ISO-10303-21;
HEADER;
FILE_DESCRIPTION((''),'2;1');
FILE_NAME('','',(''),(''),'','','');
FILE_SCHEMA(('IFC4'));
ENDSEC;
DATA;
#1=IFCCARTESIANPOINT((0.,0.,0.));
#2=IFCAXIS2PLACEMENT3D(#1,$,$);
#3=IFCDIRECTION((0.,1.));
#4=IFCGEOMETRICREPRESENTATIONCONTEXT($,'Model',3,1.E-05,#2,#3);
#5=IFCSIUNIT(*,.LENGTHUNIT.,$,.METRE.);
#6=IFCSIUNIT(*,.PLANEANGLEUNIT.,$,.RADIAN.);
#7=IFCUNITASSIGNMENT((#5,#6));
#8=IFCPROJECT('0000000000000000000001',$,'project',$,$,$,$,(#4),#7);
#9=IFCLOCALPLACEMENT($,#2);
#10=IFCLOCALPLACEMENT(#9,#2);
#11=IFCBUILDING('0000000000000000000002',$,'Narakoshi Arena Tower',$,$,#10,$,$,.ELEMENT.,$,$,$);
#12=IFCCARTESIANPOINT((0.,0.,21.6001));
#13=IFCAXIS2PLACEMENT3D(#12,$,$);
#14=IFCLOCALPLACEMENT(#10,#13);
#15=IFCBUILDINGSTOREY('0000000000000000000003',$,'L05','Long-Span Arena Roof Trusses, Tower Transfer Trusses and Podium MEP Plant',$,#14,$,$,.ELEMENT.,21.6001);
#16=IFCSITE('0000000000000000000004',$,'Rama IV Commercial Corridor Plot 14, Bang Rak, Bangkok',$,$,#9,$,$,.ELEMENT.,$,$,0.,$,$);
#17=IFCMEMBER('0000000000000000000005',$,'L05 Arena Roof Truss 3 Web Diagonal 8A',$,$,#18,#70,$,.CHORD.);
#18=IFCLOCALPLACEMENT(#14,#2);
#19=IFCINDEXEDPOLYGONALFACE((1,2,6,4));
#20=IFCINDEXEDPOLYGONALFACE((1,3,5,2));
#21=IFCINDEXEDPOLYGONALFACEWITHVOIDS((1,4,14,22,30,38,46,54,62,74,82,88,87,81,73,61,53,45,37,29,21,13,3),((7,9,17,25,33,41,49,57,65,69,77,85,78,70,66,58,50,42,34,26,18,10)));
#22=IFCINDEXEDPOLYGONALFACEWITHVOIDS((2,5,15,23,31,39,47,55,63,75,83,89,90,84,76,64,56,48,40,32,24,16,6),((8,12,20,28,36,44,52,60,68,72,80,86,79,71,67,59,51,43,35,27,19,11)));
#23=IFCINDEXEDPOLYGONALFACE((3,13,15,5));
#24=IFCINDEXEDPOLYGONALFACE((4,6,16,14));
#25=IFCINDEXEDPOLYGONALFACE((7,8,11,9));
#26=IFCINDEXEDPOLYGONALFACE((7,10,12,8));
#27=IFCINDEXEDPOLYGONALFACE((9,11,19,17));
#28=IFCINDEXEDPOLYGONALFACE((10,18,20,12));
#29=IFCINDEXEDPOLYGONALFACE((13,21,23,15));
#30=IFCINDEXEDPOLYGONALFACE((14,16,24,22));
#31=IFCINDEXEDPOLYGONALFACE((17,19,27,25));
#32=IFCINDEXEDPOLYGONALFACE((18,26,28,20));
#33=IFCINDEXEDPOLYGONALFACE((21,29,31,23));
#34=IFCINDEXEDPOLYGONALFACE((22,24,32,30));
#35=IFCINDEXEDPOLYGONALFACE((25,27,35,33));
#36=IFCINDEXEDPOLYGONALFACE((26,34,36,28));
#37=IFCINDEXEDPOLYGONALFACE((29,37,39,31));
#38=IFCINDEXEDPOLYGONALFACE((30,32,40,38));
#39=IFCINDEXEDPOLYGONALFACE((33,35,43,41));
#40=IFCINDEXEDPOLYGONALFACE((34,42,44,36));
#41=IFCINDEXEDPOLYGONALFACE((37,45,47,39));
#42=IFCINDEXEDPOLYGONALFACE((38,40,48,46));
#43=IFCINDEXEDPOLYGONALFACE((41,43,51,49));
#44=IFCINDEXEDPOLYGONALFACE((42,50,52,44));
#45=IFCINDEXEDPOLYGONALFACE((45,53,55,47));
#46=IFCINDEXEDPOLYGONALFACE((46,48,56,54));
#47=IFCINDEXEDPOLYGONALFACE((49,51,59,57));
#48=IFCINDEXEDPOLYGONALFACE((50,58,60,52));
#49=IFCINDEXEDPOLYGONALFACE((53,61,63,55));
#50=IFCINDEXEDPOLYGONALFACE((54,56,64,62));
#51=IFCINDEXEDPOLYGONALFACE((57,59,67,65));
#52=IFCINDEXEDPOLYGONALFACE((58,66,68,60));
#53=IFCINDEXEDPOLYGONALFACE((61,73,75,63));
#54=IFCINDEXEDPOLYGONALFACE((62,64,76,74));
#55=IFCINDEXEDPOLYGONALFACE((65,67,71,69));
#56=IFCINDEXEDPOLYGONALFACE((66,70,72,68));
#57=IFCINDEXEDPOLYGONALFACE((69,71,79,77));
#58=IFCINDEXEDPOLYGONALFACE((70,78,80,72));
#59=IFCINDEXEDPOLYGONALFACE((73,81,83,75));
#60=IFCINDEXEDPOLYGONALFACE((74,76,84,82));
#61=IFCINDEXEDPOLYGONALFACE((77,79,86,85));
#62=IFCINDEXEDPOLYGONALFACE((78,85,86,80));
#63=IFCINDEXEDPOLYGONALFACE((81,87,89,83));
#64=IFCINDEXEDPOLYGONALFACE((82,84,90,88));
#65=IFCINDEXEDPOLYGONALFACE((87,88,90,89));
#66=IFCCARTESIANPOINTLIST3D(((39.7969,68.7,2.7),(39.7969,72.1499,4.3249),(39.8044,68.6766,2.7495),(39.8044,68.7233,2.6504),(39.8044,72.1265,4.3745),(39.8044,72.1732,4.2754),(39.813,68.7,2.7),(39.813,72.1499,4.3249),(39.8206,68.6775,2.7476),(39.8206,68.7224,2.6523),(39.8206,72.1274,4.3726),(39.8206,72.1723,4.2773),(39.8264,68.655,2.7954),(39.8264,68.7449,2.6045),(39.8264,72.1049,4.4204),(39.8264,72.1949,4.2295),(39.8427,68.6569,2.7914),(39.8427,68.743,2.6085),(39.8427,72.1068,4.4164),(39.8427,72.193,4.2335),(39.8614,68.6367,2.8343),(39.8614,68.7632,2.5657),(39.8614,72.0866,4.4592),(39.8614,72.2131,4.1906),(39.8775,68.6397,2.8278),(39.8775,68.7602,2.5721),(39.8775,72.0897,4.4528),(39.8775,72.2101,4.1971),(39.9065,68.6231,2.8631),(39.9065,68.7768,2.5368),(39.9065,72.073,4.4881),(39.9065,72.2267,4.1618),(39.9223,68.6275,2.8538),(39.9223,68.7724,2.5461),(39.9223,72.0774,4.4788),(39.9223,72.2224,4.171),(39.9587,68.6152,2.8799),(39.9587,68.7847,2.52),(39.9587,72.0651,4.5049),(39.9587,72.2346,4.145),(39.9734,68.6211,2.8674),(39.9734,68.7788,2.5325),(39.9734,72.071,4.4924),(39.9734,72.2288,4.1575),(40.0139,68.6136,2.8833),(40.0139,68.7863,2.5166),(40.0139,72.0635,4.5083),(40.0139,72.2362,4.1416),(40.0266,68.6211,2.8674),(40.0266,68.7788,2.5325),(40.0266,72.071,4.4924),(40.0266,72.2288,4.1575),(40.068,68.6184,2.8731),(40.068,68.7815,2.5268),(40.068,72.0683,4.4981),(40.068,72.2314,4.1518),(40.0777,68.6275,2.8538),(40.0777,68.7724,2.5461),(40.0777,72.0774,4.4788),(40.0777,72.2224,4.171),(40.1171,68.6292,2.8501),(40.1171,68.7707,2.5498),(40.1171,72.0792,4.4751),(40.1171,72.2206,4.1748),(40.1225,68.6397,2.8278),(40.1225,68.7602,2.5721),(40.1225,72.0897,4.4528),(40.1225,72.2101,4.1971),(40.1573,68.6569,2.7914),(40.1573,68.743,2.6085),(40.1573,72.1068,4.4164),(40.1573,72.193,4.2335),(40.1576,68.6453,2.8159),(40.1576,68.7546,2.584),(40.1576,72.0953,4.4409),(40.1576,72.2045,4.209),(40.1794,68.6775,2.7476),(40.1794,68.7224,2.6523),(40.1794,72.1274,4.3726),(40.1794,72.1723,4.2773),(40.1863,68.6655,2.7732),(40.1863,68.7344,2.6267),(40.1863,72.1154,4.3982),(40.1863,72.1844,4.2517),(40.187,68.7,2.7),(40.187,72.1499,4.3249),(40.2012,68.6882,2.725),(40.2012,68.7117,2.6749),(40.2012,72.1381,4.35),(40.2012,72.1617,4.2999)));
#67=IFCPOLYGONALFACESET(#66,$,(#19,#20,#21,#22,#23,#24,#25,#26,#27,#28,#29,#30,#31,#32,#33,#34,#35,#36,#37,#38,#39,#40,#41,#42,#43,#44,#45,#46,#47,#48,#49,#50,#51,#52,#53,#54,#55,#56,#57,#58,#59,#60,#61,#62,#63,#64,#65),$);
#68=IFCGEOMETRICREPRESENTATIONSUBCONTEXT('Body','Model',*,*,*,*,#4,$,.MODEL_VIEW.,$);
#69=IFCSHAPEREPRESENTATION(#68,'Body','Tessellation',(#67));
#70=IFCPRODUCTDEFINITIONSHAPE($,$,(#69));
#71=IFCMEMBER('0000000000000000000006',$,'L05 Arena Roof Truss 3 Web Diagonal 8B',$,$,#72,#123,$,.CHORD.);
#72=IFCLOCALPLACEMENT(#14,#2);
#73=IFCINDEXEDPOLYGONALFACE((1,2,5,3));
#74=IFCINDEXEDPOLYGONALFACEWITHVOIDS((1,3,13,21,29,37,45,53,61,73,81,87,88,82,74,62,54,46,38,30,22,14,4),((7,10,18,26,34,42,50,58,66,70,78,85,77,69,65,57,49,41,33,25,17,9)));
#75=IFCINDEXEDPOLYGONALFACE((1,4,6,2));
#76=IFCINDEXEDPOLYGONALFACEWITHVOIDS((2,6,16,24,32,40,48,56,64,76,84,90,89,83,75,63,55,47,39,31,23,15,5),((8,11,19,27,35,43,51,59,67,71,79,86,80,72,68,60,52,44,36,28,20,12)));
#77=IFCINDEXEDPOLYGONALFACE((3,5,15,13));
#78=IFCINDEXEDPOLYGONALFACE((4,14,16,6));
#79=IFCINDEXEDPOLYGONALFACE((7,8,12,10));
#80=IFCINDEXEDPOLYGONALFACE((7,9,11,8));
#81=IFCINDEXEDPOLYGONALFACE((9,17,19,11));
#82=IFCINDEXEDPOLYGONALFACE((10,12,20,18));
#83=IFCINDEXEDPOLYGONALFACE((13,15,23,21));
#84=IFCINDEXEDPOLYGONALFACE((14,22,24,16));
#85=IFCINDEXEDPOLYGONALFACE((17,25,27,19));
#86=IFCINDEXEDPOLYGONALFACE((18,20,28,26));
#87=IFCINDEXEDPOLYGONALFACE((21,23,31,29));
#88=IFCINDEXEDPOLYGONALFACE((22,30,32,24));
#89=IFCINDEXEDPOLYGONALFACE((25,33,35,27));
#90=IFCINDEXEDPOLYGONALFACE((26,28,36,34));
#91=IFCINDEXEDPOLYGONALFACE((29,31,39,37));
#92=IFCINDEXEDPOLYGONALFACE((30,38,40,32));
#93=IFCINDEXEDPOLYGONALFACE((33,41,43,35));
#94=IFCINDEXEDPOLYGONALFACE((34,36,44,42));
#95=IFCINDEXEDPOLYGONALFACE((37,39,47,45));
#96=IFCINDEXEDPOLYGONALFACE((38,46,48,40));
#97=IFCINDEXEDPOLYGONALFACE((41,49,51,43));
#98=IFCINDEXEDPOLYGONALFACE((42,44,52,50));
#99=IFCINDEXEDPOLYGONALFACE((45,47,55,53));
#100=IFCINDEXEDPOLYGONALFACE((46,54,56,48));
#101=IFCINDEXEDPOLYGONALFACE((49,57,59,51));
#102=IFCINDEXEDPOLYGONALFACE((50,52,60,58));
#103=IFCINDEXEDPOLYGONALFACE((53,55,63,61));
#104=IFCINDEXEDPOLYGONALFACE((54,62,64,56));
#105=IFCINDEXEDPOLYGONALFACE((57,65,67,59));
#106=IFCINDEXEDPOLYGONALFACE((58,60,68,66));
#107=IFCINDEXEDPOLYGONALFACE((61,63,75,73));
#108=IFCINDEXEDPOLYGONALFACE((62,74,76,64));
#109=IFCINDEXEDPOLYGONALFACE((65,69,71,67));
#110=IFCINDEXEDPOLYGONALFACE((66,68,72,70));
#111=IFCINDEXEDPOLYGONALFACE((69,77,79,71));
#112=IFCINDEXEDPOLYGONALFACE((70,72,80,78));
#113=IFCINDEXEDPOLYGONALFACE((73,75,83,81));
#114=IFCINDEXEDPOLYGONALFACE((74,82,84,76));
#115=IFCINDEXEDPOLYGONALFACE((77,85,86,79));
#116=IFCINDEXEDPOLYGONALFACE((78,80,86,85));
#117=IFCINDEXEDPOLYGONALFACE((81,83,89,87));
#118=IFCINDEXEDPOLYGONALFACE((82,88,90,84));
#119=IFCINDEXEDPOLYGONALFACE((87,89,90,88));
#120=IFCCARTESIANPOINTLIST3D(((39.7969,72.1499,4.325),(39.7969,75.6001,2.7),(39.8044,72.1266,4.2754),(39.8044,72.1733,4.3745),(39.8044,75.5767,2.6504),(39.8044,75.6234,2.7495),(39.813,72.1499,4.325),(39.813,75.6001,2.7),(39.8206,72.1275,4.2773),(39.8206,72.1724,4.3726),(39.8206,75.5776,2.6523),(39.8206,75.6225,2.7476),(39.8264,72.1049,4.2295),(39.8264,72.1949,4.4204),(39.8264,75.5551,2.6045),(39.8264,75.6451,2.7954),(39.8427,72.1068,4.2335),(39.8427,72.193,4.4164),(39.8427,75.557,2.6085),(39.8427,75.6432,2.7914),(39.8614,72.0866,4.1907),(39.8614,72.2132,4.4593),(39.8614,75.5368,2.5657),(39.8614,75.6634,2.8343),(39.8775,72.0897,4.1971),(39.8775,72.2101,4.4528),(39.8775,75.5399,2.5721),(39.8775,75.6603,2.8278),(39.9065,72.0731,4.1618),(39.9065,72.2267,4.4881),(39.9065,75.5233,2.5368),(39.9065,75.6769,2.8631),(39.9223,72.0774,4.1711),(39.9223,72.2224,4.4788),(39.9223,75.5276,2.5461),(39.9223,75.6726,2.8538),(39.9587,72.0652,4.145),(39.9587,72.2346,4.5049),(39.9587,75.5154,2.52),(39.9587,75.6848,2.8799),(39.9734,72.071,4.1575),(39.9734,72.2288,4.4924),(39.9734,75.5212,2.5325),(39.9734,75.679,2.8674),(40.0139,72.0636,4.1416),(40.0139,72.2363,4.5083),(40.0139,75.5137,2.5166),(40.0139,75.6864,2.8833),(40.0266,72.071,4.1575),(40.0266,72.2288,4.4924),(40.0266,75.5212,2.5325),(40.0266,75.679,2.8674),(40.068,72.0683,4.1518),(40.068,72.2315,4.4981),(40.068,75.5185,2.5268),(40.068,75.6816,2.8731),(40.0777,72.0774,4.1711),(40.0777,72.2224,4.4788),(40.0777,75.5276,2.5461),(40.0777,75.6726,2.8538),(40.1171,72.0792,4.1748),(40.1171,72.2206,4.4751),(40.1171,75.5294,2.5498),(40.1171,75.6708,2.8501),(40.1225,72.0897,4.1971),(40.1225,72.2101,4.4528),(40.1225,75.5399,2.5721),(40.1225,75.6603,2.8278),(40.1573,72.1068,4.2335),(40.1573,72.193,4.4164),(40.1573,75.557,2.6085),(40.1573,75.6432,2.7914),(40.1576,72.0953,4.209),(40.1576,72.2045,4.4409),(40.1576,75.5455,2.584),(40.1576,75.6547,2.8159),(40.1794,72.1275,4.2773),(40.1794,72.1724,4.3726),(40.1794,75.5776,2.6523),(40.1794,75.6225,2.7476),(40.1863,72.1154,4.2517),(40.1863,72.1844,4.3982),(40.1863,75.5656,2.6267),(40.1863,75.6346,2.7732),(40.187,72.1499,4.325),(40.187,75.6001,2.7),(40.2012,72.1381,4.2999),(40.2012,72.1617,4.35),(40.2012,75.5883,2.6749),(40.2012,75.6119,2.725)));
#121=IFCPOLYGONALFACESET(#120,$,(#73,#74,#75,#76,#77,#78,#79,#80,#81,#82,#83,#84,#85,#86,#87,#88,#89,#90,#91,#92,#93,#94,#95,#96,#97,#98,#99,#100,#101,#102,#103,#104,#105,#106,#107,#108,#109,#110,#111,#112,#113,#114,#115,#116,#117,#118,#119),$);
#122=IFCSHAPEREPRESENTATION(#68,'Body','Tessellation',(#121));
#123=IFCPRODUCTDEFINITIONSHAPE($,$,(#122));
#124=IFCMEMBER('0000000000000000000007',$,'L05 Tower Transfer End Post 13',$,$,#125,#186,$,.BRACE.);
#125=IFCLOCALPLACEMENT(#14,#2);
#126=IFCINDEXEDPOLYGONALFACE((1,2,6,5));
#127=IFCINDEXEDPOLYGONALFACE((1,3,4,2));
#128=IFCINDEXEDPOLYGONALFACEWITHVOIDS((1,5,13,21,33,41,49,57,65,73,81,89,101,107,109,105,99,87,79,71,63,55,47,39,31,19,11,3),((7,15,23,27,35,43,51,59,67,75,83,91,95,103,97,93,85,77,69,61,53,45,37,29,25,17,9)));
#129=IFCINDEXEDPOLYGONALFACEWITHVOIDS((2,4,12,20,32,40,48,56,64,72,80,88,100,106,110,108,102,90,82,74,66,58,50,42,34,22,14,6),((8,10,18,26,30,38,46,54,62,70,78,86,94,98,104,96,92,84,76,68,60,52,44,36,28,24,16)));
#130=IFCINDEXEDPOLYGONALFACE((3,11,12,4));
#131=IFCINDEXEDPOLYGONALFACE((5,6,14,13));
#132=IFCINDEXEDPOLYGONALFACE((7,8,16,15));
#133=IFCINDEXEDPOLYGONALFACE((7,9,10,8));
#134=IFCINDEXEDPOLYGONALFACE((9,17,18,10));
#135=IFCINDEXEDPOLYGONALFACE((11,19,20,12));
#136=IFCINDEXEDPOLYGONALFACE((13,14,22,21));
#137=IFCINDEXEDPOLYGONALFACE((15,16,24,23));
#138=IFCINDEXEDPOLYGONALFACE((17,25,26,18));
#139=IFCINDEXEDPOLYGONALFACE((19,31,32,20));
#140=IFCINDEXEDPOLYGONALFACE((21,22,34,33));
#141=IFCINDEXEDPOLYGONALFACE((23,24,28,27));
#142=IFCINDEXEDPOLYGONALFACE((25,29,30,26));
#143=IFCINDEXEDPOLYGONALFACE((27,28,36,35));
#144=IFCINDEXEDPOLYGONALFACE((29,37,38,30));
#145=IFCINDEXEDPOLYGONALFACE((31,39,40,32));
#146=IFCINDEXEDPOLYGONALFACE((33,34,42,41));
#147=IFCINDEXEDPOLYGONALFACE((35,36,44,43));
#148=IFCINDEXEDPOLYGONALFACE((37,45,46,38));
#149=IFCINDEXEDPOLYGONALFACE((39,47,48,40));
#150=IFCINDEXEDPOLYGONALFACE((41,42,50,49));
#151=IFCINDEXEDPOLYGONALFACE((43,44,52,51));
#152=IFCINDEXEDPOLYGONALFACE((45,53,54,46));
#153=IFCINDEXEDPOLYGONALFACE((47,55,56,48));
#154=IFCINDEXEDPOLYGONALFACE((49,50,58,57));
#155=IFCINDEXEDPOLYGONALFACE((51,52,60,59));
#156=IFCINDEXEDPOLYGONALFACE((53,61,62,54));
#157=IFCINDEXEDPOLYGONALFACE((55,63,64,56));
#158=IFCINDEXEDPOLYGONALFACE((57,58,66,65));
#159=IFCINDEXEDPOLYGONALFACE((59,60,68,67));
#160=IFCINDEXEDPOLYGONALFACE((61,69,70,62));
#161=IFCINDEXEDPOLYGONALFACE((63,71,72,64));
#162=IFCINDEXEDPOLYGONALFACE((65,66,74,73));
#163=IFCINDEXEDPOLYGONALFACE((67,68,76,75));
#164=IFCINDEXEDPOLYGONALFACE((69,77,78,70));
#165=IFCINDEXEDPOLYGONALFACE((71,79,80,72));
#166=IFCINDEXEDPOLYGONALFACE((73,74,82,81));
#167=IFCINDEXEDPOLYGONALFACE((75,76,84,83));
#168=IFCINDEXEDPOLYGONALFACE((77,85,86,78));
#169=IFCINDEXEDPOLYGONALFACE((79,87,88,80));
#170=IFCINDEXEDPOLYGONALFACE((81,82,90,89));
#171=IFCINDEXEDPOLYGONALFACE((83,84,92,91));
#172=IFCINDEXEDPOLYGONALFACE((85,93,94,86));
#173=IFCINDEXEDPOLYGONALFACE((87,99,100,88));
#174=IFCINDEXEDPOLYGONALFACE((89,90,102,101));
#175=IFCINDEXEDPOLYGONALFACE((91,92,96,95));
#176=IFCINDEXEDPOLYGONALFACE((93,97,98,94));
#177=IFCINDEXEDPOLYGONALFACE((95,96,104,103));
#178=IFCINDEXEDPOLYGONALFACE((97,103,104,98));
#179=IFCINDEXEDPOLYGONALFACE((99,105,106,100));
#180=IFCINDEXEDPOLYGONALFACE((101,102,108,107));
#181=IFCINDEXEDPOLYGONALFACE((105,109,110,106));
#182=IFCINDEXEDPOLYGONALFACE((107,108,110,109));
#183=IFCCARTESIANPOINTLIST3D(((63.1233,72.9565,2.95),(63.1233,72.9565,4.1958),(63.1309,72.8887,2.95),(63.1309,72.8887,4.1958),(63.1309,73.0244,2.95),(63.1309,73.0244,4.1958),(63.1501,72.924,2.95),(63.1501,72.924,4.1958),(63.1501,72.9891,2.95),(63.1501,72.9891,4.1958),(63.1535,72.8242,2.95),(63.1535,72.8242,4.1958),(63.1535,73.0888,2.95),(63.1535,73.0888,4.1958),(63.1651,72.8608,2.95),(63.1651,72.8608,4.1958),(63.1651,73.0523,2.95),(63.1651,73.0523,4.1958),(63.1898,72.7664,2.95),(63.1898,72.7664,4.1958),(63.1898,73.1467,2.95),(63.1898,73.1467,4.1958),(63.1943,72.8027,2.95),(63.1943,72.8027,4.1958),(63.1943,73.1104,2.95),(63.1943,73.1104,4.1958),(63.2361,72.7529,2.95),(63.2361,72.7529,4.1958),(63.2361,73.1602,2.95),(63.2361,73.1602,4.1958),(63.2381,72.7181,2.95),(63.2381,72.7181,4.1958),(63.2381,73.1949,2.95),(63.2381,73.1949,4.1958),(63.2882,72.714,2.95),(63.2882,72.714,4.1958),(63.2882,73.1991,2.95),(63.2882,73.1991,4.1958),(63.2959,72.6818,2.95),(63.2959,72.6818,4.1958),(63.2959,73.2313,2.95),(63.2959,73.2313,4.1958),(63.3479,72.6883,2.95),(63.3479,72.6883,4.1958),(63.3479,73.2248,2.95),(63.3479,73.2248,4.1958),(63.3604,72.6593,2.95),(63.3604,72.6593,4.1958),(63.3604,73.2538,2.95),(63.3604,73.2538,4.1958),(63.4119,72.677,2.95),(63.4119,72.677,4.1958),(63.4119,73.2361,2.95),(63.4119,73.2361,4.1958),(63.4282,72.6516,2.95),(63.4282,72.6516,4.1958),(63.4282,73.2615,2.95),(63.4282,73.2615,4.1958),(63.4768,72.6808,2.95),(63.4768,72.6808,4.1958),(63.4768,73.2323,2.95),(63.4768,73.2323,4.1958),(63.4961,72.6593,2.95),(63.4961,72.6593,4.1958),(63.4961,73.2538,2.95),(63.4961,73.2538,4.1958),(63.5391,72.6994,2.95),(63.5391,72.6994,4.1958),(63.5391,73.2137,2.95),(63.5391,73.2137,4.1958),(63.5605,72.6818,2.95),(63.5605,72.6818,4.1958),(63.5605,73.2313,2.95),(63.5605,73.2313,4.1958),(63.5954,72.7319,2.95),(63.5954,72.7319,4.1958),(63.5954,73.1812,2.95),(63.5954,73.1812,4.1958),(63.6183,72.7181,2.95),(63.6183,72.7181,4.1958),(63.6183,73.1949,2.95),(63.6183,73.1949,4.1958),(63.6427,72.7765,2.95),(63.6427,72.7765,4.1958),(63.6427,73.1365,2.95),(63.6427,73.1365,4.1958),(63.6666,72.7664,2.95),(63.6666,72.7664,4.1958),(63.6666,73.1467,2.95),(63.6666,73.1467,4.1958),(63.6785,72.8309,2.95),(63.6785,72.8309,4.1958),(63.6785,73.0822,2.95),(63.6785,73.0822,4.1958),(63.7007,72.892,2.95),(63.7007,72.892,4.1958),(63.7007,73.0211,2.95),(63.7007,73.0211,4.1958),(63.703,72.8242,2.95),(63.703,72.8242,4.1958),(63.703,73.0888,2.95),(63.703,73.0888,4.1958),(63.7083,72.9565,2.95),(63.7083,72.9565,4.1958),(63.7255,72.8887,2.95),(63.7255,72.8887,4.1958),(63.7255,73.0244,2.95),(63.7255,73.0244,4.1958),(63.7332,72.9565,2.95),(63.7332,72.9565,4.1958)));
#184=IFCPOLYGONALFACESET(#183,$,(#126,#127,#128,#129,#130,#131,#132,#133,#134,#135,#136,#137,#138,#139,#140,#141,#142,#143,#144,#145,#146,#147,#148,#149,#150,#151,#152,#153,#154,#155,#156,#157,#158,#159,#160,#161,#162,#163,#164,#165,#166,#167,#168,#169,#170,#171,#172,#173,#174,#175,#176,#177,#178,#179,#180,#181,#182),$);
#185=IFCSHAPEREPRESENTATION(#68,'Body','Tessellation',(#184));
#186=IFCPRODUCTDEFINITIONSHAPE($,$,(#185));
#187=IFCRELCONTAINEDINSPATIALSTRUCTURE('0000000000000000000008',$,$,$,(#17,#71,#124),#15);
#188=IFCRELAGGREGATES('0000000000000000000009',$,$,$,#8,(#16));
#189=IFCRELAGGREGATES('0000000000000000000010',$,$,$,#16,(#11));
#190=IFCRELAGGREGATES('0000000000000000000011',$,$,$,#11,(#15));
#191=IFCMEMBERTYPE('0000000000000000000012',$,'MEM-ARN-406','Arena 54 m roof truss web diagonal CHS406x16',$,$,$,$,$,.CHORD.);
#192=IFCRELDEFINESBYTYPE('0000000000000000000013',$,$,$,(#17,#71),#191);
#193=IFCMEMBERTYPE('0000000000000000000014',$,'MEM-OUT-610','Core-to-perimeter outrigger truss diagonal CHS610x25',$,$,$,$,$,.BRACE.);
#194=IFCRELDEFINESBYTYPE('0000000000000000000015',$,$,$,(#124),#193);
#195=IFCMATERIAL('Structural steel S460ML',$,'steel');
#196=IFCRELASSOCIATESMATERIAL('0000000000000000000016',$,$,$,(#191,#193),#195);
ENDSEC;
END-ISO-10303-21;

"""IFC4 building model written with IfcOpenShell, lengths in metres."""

from ifc_helpers import new_model, si_unit, direction, frame, origin, origin_2d, place, context, subcontext, project, spatial, hollow_circle, extrude, material, material_profile, profile_set, type_object, element, save


model = new_model("IFC4")

# Units and contexts
model_context = context("Model", 3, precision=1e-05, world=origin(), true_north=direction((0.0, 1.0)))
body_context = subcontext(model_context, "Body", "Model", "MODEL_VIEW")
ifc_project = project(units=[si_unit("LENGTHUNIT", "METRE"), si_unit("PLANEANGLEUNIT", "RADIAN")], contexts=[model_context])

# Site, building, storey
site_placement = place(None, origin())
site = spatial("IfcSite", under=ifc_project, at=site_placement, Name="Rama IV Commercial Corridor Plot 14, Bang Rak, Bangkok", CompositionType="ELEMENT", RefElevation=0.0)
building_placement = place(site_placement, origin())
building = spatial("IfcBuilding", under=site, at=building_placement, Name="Narakoshi Arena Tower", CompositionType="ELEMENT")
storey_placement = place(building_placement, frame((0.0, 0.0, 21.6001)))
storey = spatial("IfcBuildingStorey", under=building, at=storey_placement, Name="L05", Description="Long-Span Arena Roof Trusses, Tower Transfer Trusses and Podium MEP Plant", CompositionType="ELEMENT", Elevation=21.6001)

# Members
ifc_material_1 = material(Name="Structural steel S460ML", Category="steel")
ifc_material_profile_1 = material_profile(ifc_material_1, hollow_circle(Radius=0.2031, WallThickness=0.0161, at=origin_2d()), Name="CHS406x16")
ifc_profile_set_1 = profile_set([ifc_material_profile_1], Name="Structural steel S460ML")
member_type_1 = type_object("IfcMemberType", Name="MEM-ARN-406", Description="Arena 54 m roof truss web diagonal CHS406x16", PredefinedType="CHORD", material=ifc_profile_set_1)
member_1_placement = place(storey_placement, frame((40.0, 68.7, 2.7), z_axis=(0.0, 0.904668, 0.426118), x_axis=(-1.0, 0.0, 0.0)))
element("IfcMember", 1, at=member_1_placement, inside=storey, type_object=member_type_1, Name="L05 Arena Roof Truss 3 Web Diagonal 8A", PredefinedType="CHORD", context=body_context, shape_type="SweptSolid", body=[
    extrude(hollow_circle(Radius=0.2031, WallThickness=0.0161, at=origin_2d()), origin(), (0.0, 0.0, 1.0), 3.8135),
])
member_2_placement = place(storey_placement, frame((40.0, 72.1499, 4.325), z_axis=(0.0, 0.904679, -0.426093), x_axis=(-1.0, 0.0, 0.0)))
element("IfcMember", 2, at=member_2_placement, inside=storey, type_object=member_type_1, Name="L05 Arena Roof Truss 3 Web Diagonal 8B", PredefinedType="CHORD", context=body_context, shape_type="SweptSolid", body=[
    extrude(hollow_circle(Radius=0.2031, WallThickness=0.0161, at=origin_2d()), origin(), (0.0, 0.0, 1.0), 3.8137),
])
ifc_material_profile_2 = material_profile(ifc_material_1, hollow_circle(Radius=0.3049, WallThickness=0.0249, at=origin_2d()), Name="CHS610x25")
ifc_profile_set_2 = profile_set([ifc_material_profile_2], Name="Structural steel S460ML")
member_type_2 = type_object("IfcMemberType", Name="MEM-OUT-610", Description="Core-to-perimeter outrigger truss diagonal CHS610x25", PredefinedType="BRACE", material=ifc_profile_set_2)
for number, where, z_axis, x_axis, name in (
    (3, (63.4282, 72.9565, 2.95), (0.0, 0.0, 1.0), (1.0, 0.0, 0.0), "L05 Tower Transfer End Post 13"),
):
    element("IfcMember", number, at=place(storey_placement, frame(where, z_axis=z_axis, x_axis=x_axis)), inside=storey, type_object=member_type_2, Name=name, PredefinedType="BRACE", context=body_context, shape_type="SweptSolid", body=[
        extrude(hollow_circle(Radius=0.3049, WallThickness=0.0249, at=origin_2d()), origin(), (0.0, 0.0, 1.0), 1.2458),
    ])

save(model, "model.ifc")
